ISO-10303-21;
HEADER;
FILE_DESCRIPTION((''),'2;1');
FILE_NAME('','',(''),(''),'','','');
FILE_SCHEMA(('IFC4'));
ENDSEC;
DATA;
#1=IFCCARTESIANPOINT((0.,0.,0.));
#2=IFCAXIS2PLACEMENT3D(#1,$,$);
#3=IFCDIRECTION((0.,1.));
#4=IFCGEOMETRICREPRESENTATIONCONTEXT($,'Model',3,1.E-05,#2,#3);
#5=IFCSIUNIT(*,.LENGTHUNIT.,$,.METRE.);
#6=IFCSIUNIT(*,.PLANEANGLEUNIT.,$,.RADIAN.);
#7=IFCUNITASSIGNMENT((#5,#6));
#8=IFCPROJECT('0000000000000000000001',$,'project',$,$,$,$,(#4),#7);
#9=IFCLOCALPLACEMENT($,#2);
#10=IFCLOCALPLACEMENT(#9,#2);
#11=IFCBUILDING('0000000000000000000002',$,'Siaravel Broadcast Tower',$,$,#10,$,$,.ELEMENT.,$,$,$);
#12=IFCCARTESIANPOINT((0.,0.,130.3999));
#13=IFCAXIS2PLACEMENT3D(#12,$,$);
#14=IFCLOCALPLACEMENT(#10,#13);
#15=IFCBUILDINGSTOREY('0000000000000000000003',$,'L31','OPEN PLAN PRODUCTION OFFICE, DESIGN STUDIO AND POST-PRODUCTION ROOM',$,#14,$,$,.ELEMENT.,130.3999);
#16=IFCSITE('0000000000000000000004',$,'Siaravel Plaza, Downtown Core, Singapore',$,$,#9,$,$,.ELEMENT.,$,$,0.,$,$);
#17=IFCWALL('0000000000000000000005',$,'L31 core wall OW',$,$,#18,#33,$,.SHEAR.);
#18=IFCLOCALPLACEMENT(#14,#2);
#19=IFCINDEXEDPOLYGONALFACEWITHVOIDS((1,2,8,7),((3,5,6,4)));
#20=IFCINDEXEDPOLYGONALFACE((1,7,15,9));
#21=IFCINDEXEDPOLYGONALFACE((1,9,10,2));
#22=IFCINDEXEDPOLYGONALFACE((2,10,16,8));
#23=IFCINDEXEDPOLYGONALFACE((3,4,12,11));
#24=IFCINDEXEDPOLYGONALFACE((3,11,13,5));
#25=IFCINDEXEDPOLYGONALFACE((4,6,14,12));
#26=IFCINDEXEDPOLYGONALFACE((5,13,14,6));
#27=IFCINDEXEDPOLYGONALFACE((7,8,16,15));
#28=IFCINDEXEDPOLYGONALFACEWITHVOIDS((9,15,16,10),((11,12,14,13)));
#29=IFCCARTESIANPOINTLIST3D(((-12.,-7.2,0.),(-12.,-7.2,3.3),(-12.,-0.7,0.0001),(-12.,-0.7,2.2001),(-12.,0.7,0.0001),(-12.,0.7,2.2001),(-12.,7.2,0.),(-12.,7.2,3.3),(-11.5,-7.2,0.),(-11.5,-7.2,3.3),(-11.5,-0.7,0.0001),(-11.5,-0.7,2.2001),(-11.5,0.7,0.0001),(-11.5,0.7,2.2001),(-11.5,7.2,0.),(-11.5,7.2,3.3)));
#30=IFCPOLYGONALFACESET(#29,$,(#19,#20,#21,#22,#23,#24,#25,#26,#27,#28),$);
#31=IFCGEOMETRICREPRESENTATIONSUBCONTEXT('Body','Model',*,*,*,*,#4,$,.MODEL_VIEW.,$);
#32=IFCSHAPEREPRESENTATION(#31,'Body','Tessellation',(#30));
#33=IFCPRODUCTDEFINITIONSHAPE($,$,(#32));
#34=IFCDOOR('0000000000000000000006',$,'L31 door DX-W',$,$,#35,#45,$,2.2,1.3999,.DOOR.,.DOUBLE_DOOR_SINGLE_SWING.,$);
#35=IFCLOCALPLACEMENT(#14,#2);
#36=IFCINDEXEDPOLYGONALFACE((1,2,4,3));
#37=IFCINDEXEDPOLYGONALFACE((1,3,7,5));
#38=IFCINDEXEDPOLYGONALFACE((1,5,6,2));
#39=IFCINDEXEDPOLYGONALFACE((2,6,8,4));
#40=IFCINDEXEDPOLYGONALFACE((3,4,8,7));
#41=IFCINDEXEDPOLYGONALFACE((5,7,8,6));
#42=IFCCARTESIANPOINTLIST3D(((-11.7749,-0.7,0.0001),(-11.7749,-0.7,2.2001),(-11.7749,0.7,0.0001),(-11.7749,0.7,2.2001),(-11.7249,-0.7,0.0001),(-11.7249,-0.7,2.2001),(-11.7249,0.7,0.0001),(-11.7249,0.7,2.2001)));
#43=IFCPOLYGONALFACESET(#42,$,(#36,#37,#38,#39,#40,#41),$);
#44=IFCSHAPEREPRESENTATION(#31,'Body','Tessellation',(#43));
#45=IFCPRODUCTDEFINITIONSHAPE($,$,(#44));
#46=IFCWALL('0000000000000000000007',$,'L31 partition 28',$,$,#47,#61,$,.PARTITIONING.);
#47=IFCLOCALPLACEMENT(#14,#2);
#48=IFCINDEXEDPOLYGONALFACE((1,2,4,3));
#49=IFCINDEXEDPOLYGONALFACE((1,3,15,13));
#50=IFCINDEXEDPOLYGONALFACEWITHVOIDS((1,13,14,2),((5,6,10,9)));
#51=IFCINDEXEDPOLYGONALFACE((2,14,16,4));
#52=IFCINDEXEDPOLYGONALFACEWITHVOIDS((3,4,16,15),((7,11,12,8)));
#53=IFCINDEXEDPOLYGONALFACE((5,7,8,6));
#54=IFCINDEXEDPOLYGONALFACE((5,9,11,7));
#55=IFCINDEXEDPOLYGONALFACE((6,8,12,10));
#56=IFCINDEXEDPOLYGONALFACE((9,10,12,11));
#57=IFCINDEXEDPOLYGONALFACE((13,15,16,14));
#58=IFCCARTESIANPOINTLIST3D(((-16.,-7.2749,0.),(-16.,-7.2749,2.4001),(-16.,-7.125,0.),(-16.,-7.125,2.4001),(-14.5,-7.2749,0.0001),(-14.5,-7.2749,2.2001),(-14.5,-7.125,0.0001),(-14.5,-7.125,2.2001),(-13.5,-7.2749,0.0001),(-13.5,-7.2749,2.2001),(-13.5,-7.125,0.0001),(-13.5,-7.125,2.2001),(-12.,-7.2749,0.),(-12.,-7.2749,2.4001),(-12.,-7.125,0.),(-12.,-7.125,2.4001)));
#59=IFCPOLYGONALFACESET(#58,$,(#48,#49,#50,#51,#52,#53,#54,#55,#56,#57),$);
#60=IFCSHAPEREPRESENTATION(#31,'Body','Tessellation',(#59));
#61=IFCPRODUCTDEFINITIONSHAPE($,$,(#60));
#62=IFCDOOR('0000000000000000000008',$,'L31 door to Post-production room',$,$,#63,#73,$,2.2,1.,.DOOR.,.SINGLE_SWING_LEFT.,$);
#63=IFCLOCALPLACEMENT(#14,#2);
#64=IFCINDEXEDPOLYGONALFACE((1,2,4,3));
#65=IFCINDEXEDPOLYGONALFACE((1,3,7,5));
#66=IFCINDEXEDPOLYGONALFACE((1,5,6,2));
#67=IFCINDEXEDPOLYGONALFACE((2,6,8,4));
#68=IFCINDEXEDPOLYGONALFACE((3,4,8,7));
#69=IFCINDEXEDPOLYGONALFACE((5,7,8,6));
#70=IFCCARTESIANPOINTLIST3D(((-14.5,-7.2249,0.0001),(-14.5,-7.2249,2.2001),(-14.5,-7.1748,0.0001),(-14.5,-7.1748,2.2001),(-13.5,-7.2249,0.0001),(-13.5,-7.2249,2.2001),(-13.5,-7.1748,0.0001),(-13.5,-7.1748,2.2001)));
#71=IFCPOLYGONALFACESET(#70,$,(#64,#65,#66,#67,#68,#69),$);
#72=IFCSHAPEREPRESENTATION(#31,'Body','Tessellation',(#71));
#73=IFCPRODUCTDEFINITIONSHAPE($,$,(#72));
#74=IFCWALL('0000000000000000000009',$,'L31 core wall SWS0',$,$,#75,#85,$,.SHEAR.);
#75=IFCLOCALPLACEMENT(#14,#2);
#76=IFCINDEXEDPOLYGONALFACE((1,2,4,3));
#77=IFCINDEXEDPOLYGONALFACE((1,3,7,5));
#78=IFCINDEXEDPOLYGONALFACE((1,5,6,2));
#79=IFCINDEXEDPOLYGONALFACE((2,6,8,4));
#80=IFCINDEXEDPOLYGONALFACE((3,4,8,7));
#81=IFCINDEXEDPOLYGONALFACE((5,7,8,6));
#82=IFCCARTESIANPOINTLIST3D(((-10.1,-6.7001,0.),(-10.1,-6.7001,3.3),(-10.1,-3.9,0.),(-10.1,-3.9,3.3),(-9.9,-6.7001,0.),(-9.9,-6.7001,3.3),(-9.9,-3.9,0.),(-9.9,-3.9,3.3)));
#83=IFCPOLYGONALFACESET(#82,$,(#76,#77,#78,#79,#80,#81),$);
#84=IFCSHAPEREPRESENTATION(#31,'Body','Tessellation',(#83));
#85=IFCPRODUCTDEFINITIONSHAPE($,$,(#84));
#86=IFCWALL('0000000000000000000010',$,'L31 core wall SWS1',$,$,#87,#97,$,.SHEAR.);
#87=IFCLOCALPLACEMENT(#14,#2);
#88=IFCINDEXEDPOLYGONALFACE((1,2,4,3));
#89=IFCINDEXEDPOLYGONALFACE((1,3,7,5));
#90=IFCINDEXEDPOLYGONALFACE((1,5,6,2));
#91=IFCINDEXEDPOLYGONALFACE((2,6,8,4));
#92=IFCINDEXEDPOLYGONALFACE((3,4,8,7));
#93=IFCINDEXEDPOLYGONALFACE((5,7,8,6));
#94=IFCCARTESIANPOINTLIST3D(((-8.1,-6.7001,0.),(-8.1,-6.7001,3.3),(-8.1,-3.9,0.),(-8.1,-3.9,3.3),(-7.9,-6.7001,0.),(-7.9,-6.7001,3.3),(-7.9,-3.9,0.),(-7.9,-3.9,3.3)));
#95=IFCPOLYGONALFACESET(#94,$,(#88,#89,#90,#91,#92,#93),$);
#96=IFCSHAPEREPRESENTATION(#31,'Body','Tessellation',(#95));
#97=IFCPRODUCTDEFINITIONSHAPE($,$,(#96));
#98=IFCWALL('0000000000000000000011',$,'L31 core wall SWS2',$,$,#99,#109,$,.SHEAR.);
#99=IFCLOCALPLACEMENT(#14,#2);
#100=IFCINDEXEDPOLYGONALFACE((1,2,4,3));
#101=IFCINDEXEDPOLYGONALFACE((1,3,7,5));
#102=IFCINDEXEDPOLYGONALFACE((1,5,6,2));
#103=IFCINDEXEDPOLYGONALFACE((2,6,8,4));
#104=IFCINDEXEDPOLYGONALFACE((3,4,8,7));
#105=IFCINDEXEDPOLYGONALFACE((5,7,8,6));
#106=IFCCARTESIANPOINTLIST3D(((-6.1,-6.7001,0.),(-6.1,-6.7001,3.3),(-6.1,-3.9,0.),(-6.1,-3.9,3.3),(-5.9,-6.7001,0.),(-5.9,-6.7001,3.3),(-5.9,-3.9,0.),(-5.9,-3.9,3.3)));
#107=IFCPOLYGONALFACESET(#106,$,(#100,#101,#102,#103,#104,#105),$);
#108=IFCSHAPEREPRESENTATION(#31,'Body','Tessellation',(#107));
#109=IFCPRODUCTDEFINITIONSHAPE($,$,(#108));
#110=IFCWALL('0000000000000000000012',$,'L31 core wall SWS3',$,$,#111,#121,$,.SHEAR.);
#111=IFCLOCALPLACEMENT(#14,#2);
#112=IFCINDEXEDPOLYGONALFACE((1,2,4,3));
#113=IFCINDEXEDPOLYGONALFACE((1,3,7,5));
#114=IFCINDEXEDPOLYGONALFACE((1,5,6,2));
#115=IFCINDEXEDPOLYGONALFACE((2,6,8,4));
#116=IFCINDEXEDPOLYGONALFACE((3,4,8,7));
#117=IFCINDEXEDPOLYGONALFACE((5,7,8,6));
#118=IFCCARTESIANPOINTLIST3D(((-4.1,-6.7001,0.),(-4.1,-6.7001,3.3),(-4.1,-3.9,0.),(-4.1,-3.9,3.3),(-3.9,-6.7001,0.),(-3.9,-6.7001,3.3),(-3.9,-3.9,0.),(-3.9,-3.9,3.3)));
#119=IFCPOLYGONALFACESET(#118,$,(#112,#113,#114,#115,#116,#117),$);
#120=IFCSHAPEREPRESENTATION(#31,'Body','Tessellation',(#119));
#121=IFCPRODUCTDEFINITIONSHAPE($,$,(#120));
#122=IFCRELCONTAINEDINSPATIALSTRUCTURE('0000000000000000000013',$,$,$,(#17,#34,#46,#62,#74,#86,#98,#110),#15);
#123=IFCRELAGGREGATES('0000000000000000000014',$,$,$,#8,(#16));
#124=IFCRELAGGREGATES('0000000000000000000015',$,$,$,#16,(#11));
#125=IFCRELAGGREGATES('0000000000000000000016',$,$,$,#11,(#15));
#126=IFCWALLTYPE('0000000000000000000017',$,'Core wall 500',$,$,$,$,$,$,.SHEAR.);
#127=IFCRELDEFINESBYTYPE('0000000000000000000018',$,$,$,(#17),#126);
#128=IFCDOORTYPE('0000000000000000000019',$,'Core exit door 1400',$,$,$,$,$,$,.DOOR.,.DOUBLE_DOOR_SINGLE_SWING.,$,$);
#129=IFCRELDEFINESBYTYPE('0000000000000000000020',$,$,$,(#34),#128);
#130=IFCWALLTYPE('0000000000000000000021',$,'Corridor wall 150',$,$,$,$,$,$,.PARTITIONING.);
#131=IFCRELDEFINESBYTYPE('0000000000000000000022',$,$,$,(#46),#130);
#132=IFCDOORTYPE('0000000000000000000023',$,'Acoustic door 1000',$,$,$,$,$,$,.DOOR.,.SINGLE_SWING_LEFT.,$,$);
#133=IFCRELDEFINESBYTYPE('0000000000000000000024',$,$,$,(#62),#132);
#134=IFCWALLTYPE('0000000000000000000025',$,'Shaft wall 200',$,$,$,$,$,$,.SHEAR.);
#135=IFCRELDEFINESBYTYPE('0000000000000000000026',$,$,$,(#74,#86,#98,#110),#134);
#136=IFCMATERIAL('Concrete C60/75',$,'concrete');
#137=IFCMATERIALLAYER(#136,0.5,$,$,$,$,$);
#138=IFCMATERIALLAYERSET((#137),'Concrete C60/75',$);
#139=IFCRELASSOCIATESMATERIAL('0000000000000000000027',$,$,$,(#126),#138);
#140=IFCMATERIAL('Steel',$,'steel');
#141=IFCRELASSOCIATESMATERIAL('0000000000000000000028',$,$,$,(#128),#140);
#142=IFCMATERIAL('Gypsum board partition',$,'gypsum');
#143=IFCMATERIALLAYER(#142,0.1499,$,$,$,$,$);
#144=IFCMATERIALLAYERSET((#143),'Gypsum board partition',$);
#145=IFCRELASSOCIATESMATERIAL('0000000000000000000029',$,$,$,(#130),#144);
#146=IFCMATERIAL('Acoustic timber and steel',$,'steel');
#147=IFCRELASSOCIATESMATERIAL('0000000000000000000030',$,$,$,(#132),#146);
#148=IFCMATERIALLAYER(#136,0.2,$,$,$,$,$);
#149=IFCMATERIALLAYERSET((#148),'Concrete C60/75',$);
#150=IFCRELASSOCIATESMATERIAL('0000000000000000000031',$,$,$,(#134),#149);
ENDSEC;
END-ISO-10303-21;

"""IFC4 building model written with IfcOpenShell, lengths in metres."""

from ifc_helpers import new_model, si_unit, direction, frame, frame_2d, origin, place, context, subcontext, project, spatial, rectangle, extrude, material, layer, layer_set, type_object, element, fill, save


model = new_model("IFC4")

# Units and contexts
model_context = context("Model", 3, precision=1e-05, world=origin(), true_north=direction((0.0, 1.0)))
body_context = subcontext(model_context, "Body", "Model", "MODEL_VIEW")
ifc_project = project(units=[si_unit("LENGTHUNIT", "METRE"), si_unit("PLANEANGLEUNIT", "RADIAN")], contexts=[model_context])

# Site, building, storey
site_placement = place(None, origin())
site = spatial("IfcSite", under=ifc_project, at=site_placement, Name="Siaravel Plaza, Downtown Core, Singapore", CompositionType="ELEMENT", RefElevation=0.0)
building_placement = place(site_placement, origin())
building = spatial("IfcBuilding", under=site, at=building_placement, Name="Siaravel Broadcast Tower", CompositionType="ELEMENT")
storey_placement = place(building_placement, frame((0.0, 0.0, 130.3999)))
storey = spatial("IfcBuildingStorey", under=building, at=storey_placement, Name="L31", Description="OPEN PLAN PRODUCTION OFFICE, DESIGN STUDIO AND POST-PRODUCTION ROOM", CompositionType="ELEMENT", Elevation=130.3999)

# Wall, opening, door
ifc_material_1 = material(Name="Concrete C60/75", Category="concrete")
ifc_layer_1 = layer(ifc_material_1, 0.5)
ifc_layer_set_1 = layer_set([ifc_layer_1], Name="Concrete C60/75")
wall_type_1 = type_object("IfcWallType", Name="Core wall 500", PredefinedType="SHEAR", material=ifc_layer_set_1)
wall_1_placement = place(storey_placement, frame((-11.75, -7.2, 0.0), z_axis=(0.0, 0.0, 1.0), x_axis=(0.0, 1.0, 0.0)))
wall_1 = element("IfcWall", 1, at=wall_1_placement, inside=storey, type_object=wall_type_1, Name="L31 core wall OW", PredefinedType="SHEAR", context=body_context, shape_type="SweptSolid", body=[
    extrude(rectangle(XDim=14.3999, YDim=0.5, at=frame_2d((7.2, 0.0))), origin(), (0.0, 0.0, 1.0), 3.3),
])
opening_1_placement = place(wall_1_placement, frame((6.5, 0.0, 0.0)))
opening_1 = element("IfcOpeningElement", 2, at=opening_1_placement, cuts=wall_1, PredefinedType="OPENING", context=body_context, shape_type="SweptSolid", body=[
    extrude(rectangle(XDim=1.3999, YDim=2.2, at=frame_2d((0.7, 1.1001))), frame((0.0, 0.26, 0.0), z_axis=(0.0, -1.0, 0.0), x_axis=(1.0, 0.0, 0.0)), (0.0, 0.0, 1.0), 0.52),
])
ifc_material_2 = material(Name="Steel", Category="steel")
door_type_1 = type_object("IfcDoorType", Name="Core exit door 1400", OperationType="DOUBLE_DOOR_SINGLE_SWING", PredefinedType="DOOR", material=ifc_material_2)
door_1_placement = place(opening_1_placement, origin())
door_1 = element("IfcDoor", 3, at=door_1_placement, inside=storey, type_object=door_type_1, Name="L31 door DX-W", OperationType="DOUBLE_DOOR_SINGLE_SWING", OverallHeight=2.2, OverallWidth=1.3999, PredefinedType="DOOR", context=body_context, shape_type="SweptSolid", body=[
    extrude(rectangle(XDim=1.3999, YDim=2.2, at=frame_2d((0.7, 1.1001))), frame((0.0, 0.0249, 0.0), z_axis=(0.0, -1.0, 0.0), x_axis=(1.0, 0.0, 0.0)), (0.0, 0.0, 1.0), 0.05),
])
fill(opening_1, door_1)

# Wall, opening, door
ifc_material_3 = material(Name="Gypsum board partition", Category="gypsum")
ifc_layer_2 = layer(ifc_material_3, 0.1499)
ifc_layer_set_2 = layer_set([ifc_layer_2], Name="Gypsum board partition")
wall_type_2 = type_object("IfcWallType", Name="Corridor wall 150", PredefinedType="PARTITIONING", material=ifc_layer_set_2)
wall_2_placement = place(storey_placement, frame((-12.0, -7.2, 0.0), z_axis=(0.0, 0.0, 1.0), x_axis=(-1.0, 0.0, 0.0)))
wall_2 = element("IfcWall", 4, at=wall_2_placement, inside=storey, type_object=wall_type_2, Name="L31 partition 28", PredefinedType="PARTITIONING", context=body_context, shape_type="SweptSolid", body=[
    extrude(rectangle(XDim=4.0, YDim=0.1499, at=frame_2d((2.0, 0.0))), origin(), (0.0, 0.0, 1.0), 2.4001),
])
opening_2_placement = place(wall_2_placement, frame((1.5, 0.0, 0.0)))
opening_2 = element("IfcOpeningElement", 5, at=opening_2_placement, cuts=wall_2, PredefinedType="OPENING", context=body_context, shape_type="SweptSolid", body=[
    extrude(rectangle(XDim=1.0, YDim=2.2, at=frame_2d((0.5, 1.1001))), frame((0.0, 0.085, 0.0), z_axis=(0.0, -1.0, 0.0), x_axis=(1.0, 0.0, 0.0)), (0.0, 0.0, 1.0), 0.1699),
])
ifc_material_4 = material(Name="Acoustic timber and steel", Category="steel")
door_type_2 = type_object("IfcDoorType", Name="Acoustic door 1000", OperationType="SINGLE_SWING_LEFT", PredefinedType="DOOR", material=ifc_material_4)
door_2_placement = place(opening_2_placement, origin())
door_2 = element("IfcDoor", 6, at=door_2_placement, inside=storey, type_object=door_type_2, Name="L31 door to Post-production room", OperationType="SINGLE_SWING_LEFT", OverallHeight=2.2, OverallWidth=1.0, PredefinedType="DOOR", context=body_context, shape_type="SweptSolid", body=[
    extrude(rectangle(XDim=1.0, YDim=2.2, at=frame_2d((0.5, 1.1001))), frame((0.0, 0.0249, 0.0), z_axis=(0.0, -1.0, 0.0), x_axis=(1.0, 0.0, 0.0)), (0.0, 0.0, 1.0), 0.05),
])
fill(opening_2, door_2)

# Walls
ifc_layer_3 = layer(ifc_material_1, 0.2)
ifc_layer_set_3 = layer_set([ifc_layer_3], Name="Concrete C60/75")
wall_type_3 = type_object("IfcWallType", Name="Shaft wall 200", PredefinedType="SHEAR", material=ifc_layer_set_3)
for number, where, z_axis, x_axis, name in (
    (7, (-10.0, -6.7, 0.0), (0.0, 0.0, 1.0), (0.0, 1.0, 0.0), "L31 core wall SWS0"),
    (8, (-8.0, -6.7, 0.0), (0.0, 0.0, 1.0), (0.0, 1.0, 0.0), "L31 core wall SWS1"),
    (9, (-6.0, -6.7, 0.0), (0.0, 0.0, 1.0), (0.0, 1.0, 0.0), "L31 core wall SWS2"),
    (10, (-4.0, -6.7, 0.0), (0.0, 0.0, 1.0), (0.0, 1.0, 0.0), "L31 core wall SWS3"),
):
    element("IfcWall", number, at=place(storey_placement, frame(where, z_axis=z_axis, x_axis=x_axis)), inside=storey, type_object=wall_type_3, Name=name, PredefinedType="SHEAR", context=body_context, shape_type="SweptSolid", body=[
        extrude(rectangle(XDim=2.8, YDim=0.2, at=frame_2d((1.3999, 0.0))), origin(), (0.0, 0.0, 1.0), 3.3),
    ])

save(model, "model.ifc")
